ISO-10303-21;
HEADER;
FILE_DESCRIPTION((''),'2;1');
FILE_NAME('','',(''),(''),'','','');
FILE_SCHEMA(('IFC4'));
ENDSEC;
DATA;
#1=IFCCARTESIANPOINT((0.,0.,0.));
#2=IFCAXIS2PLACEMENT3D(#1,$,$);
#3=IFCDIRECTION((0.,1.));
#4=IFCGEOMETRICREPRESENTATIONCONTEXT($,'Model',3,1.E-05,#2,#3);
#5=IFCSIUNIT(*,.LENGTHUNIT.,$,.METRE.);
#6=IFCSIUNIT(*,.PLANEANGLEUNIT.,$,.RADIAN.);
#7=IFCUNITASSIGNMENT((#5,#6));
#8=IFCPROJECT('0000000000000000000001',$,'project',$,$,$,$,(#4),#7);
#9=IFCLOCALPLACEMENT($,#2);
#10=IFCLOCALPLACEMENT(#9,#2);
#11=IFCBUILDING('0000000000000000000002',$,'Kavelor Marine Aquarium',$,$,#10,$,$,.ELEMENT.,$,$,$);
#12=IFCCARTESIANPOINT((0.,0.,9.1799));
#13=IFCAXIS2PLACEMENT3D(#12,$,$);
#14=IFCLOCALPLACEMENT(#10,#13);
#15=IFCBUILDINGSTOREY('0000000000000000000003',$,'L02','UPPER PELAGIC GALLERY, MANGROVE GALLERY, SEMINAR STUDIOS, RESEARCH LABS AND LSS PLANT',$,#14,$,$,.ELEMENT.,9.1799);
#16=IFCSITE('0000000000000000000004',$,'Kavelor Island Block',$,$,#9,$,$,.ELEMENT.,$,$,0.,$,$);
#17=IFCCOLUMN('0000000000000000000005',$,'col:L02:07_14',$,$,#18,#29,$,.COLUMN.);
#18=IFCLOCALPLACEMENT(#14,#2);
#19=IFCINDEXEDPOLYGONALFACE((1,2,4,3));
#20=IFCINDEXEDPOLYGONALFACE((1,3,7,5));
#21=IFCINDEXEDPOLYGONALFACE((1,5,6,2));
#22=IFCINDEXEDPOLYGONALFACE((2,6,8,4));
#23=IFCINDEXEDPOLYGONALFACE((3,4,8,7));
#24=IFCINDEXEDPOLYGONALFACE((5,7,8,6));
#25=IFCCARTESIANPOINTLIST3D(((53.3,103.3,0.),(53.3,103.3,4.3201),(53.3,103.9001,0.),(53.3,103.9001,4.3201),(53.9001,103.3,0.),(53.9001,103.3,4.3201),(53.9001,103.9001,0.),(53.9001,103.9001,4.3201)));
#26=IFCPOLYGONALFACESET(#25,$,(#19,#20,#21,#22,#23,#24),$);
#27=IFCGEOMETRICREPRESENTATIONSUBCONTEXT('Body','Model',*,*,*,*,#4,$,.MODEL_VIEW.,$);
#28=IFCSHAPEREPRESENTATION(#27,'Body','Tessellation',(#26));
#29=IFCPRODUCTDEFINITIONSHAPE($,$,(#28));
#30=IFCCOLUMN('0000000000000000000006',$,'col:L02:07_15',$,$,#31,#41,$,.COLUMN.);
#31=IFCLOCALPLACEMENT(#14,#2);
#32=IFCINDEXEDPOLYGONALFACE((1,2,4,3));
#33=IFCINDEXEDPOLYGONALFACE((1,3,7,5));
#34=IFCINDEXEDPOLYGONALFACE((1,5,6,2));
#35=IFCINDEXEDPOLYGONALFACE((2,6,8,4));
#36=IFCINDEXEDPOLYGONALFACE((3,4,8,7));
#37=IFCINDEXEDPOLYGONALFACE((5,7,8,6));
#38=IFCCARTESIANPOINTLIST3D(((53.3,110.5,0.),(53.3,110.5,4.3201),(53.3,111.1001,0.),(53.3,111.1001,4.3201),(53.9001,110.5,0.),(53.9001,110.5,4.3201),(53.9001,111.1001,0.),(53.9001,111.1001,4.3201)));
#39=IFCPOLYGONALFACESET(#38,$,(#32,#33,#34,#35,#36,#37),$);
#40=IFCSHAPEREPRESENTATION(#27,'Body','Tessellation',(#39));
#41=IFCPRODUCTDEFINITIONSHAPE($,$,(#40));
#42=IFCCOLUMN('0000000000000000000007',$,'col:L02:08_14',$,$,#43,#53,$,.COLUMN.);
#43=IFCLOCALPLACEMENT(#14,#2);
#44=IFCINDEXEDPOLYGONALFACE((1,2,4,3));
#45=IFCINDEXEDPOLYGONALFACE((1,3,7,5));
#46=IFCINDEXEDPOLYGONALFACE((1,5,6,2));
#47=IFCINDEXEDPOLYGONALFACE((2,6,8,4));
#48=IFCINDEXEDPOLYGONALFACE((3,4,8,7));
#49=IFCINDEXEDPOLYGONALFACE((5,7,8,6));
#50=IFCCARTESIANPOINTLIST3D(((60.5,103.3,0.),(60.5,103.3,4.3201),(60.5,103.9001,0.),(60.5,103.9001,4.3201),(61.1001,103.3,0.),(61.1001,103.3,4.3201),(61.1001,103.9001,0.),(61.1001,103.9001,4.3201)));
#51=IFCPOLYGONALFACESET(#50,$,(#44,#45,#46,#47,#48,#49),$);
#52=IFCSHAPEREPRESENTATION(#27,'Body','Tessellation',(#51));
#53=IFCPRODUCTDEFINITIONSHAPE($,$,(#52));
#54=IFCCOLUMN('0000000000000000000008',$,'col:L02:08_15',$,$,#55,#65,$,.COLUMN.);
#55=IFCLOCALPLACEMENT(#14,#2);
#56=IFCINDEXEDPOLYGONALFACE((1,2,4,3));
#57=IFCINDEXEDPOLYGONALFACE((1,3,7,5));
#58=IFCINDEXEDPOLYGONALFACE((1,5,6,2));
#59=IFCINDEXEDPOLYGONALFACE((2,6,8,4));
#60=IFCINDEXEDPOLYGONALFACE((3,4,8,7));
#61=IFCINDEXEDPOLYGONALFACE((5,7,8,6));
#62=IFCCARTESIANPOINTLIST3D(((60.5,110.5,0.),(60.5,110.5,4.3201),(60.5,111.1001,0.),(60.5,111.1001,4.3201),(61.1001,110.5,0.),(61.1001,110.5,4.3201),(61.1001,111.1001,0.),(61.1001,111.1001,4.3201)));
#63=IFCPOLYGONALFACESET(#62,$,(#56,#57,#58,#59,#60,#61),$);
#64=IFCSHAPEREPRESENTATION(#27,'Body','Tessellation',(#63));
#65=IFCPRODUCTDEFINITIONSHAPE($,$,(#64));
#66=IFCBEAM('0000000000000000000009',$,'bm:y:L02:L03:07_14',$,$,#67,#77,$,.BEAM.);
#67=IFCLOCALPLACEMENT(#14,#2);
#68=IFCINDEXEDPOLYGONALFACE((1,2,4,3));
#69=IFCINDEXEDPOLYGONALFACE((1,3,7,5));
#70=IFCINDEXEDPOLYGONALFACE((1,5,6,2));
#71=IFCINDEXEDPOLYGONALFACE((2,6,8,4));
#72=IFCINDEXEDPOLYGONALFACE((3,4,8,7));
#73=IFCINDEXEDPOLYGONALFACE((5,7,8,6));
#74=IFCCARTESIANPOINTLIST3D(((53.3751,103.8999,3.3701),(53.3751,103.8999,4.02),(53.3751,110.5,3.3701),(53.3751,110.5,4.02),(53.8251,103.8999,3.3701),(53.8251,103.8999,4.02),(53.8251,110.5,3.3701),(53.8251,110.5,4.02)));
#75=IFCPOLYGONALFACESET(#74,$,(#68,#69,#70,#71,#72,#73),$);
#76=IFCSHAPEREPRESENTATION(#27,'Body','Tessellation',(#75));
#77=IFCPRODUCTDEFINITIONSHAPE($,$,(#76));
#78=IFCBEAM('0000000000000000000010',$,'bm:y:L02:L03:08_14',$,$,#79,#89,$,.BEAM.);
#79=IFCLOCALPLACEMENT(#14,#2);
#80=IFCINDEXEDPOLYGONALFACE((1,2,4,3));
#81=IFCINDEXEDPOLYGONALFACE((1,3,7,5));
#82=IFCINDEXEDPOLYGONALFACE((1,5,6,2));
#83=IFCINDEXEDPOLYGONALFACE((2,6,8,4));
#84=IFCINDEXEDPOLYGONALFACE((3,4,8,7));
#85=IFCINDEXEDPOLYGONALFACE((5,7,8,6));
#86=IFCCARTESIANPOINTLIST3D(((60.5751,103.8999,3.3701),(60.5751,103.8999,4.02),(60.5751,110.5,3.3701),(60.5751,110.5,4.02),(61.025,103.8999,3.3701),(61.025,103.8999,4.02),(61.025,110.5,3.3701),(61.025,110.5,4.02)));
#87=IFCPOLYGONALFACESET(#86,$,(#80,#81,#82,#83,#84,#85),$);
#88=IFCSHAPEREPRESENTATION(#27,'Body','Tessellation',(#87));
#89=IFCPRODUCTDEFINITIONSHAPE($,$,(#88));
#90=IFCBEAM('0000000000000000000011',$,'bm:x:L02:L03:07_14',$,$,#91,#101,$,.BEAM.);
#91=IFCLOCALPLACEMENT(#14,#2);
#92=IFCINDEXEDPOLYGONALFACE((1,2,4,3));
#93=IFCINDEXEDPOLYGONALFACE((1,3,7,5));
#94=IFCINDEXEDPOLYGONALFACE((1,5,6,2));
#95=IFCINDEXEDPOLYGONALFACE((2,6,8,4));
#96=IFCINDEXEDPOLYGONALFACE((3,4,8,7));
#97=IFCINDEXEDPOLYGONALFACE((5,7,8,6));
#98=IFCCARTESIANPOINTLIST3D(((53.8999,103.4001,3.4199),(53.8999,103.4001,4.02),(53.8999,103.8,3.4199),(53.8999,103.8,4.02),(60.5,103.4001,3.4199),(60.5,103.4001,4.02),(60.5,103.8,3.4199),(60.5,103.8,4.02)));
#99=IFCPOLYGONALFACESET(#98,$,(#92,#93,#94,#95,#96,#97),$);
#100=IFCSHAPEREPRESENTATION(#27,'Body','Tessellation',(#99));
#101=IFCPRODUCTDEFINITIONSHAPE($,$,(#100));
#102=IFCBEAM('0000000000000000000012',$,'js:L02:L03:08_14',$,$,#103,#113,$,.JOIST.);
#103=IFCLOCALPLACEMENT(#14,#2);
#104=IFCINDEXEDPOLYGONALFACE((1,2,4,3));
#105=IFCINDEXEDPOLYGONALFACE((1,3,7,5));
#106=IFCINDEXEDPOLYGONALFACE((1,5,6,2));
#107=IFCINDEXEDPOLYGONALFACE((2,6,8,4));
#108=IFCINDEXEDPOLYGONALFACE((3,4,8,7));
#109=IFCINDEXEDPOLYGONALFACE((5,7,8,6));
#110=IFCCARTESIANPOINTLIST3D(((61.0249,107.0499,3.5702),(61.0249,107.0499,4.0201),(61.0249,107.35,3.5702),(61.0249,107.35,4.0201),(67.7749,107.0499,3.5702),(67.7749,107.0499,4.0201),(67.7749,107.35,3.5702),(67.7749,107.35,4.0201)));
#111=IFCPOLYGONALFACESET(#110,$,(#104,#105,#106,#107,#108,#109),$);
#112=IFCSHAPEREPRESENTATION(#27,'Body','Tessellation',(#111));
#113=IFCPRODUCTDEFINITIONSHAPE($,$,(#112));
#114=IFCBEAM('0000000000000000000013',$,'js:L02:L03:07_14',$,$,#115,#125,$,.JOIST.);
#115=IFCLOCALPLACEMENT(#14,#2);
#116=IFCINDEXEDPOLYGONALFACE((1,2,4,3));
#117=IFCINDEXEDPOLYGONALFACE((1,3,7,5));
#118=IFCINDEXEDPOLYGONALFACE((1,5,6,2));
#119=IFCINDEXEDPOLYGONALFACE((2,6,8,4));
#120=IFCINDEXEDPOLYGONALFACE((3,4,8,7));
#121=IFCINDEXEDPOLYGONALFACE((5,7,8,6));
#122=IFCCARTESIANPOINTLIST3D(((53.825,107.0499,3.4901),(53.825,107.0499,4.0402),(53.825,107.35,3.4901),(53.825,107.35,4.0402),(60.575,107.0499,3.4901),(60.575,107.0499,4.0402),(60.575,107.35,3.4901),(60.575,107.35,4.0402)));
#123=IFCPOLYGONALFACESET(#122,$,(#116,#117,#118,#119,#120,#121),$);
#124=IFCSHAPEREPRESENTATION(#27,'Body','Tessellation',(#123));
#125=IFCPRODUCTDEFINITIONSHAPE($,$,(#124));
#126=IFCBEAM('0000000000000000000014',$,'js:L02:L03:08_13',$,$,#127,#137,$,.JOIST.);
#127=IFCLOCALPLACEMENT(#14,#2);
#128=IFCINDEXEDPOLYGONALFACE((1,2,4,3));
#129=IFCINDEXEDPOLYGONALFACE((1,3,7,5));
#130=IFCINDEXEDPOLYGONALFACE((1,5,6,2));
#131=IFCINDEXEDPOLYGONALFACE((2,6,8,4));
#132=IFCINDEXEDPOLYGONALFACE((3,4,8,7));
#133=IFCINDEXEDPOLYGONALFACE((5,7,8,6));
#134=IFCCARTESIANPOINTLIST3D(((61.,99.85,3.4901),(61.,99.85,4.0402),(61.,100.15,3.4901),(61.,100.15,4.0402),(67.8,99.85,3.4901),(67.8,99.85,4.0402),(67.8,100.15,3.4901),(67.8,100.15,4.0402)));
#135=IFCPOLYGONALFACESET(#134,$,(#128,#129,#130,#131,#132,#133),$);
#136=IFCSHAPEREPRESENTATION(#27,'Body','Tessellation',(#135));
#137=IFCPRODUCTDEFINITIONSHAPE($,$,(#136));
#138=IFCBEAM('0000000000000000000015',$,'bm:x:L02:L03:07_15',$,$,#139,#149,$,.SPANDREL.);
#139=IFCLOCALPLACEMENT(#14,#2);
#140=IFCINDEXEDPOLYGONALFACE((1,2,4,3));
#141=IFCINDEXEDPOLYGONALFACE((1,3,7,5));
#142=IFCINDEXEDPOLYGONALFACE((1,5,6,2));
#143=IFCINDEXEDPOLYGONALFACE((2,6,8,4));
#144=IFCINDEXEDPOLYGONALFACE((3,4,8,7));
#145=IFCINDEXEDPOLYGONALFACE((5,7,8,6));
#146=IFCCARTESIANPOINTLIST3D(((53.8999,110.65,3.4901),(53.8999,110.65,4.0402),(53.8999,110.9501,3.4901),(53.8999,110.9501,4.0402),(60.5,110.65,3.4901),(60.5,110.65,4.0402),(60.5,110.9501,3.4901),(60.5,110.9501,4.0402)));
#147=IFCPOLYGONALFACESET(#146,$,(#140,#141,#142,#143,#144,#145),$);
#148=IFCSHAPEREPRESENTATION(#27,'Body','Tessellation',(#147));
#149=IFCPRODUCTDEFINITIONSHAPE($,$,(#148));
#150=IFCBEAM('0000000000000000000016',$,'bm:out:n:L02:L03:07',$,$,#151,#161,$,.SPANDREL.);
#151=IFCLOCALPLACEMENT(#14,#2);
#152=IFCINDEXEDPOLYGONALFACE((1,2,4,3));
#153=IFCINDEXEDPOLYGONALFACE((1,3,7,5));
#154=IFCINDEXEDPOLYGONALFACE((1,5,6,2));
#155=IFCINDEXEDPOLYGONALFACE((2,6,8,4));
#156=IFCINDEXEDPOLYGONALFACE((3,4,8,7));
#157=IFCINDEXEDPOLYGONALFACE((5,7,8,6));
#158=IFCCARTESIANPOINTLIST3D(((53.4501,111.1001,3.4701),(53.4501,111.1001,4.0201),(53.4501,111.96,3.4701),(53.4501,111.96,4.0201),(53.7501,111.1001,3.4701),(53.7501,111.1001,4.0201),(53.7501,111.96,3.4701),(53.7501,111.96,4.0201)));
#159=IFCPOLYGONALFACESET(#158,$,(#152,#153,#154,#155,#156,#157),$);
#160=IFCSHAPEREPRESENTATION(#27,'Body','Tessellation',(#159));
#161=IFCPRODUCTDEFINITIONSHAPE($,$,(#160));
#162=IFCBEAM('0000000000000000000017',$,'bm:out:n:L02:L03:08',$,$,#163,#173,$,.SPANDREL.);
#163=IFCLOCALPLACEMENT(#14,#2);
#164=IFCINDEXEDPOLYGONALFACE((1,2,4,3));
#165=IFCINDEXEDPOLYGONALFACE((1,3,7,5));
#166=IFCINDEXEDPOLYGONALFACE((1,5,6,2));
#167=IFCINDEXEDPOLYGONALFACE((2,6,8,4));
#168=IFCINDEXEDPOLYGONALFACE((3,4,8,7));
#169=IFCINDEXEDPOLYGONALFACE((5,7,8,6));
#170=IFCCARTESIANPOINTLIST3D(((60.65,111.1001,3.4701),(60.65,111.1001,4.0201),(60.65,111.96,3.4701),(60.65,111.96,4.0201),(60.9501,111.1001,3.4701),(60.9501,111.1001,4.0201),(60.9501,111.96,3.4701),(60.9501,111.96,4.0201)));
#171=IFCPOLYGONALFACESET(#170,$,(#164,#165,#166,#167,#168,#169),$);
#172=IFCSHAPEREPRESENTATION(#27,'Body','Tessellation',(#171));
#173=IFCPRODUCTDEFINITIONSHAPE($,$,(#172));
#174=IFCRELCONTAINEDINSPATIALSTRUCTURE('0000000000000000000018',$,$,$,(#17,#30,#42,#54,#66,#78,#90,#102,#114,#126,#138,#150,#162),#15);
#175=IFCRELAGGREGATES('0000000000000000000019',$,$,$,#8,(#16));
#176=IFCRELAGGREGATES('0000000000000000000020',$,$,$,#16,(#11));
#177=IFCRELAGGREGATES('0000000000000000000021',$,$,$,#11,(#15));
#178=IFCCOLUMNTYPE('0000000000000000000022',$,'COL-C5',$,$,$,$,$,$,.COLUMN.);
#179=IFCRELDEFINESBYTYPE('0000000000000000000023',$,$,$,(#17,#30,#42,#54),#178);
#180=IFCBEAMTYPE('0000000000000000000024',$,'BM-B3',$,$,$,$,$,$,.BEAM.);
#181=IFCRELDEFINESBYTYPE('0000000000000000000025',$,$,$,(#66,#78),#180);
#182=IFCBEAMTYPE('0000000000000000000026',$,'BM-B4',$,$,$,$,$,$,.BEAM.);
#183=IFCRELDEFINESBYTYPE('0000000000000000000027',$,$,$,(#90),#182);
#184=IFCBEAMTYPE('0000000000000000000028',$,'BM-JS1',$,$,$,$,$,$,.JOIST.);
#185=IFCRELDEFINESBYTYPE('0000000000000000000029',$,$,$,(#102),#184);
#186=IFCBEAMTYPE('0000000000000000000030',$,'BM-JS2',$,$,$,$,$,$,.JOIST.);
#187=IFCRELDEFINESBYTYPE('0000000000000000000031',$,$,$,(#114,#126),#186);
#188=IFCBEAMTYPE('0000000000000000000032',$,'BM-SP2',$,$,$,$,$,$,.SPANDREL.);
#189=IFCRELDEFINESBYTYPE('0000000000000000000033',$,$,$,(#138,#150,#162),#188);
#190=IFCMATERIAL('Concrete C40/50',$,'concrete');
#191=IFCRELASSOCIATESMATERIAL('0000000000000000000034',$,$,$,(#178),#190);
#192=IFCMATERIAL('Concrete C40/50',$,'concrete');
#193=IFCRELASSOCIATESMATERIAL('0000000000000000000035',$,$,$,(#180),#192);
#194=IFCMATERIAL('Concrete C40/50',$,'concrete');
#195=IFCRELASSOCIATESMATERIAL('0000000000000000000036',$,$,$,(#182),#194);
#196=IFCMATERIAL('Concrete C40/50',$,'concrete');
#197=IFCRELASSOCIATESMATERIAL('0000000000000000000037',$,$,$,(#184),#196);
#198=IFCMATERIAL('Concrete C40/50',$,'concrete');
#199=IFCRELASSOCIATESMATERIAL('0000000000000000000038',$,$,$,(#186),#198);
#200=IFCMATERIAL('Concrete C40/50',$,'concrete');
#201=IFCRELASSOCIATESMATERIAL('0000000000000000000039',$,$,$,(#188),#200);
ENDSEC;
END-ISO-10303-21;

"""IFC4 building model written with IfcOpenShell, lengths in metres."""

from ifc_helpers import new_model, si_unit, direction, frame, origin, origin_2d, place, context, subcontext, project, spatial, rectangle, extrude, material, material_profile, profile_set, type_object, element, save


model = new_model("IFC4")

# Units and contexts
model_context = context("Model", 3, precision=1e-05, world=origin(), true_north=direction((0.0, 1.0)))
body_context = subcontext(model_context, "Body", "Model", "MODEL_VIEW")
ifc_project = project(units=[si_unit("LENGTHUNIT", "METRE"), si_unit("PLANEANGLEUNIT", "RADIAN")], contexts=[model_context])

# Site, building, storey
site_placement = place(None, origin())
site = spatial("IfcSite", under=ifc_project, at=site_placement, Name="Kavelor Island Block", CompositionType="ELEMENT", RefElevation=0.0)
building_placement = place(site_placement, origin())
building = spatial("IfcBuilding", under=site, at=building_placement, Name="Kavelor Marine Aquarium", CompositionType="ELEMENT")
storey_placement = place(building_placement, frame((0.0, 0.0, 9.1799)))
storey = spatial("IfcBuildingStorey", under=building, at=storey_placement, Name="L02", Description="UPPER PELAGIC GALLERY, MANGROVE GALLERY, SEMINAR STUDIOS, RESEARCH LABS AND LSS PLANT", CompositionType="ELEMENT", Elevation=9.1799)

# Columns
ifc_material_1 = material(Name="Concrete C40/50", Category="concrete")
ifc_material_profile_1 = material_profile(ifc_material_1, rectangle(XDim=0.6001, YDim=0.6001, at=origin_2d()), Name="RC-COL 600x600")
ifc_profile_set_1 = profile_set([ifc_material_profile_1], Name="Concrete C40/50")
column_type = type_object("IfcColumnType", Name="COL-C5", PredefinedType="COLUMN", material=ifc_profile_set_1)
for number, where, z_axis, x_axis, name in (
    (1, (53.6001, 103.6001, 0.0), (0.0, 0.0, 1.0), (1.0, 0.0, 0.0), "col:L02:07_14"),
    (2, (53.6001, 110.8, 0.0), (0.0, 0.0, 1.0), (1.0, 0.0, 0.0), "col:L02:07_15"),
    (3, (60.8, 103.6001, 0.0), (0.0, 0.0, 1.0), (1.0, 0.0, 0.0), "col:L02:08_14"),
    (4, (60.8, 110.8, 0.0), (0.0, 0.0, 1.0), (1.0, 0.0, 0.0), "col:L02:08_15"),
):
    element("IfcColumn", number, at=place(storey_placement, frame(where, z_axis=z_axis, x_axis=x_axis)), inside=storey, type_object=column_type, Name=name, PredefinedType="COLUMN", context=body_context, shape_type="SweptSolid", body=[
        extrude(rectangle(XDim=0.6001, YDim=0.6001, at=origin_2d()), origin(), (0.0, 0.0, 1.0), 4.3201),
    ])

# Beams
ifc_material_2 = material(Name="Concrete C40/50", Category="concrete")
ifc_material_profile_2 = material_profile(ifc_material_2, rectangle(XDim=0.45, YDim=0.6499, at=origin_2d()), Name="RC-BM 450x650")
ifc_profile_set_2 = profile_set([ifc_material_profile_2], Name="Concrete C40/50")
beam_type_1 = type_object("IfcBeamType", Name="BM-B3", PredefinedType="BEAM", material=ifc_profile_set_2)
for number, where, z_axis, x_axis, name in (
    (5, (53.6001, 103.8999, 3.6951), (0.0, 1.0, 0.0), (-1.0, 0.0, 0.0), "bm:y:L02:L03:07_14"),
    (6, (60.8, 103.8999, 3.6951), (0.0, 1.0, 0.0), (-1.0, 0.0, 0.0), "bm:y:L02:L03:08_14"),
):
    element("IfcBeam", number, at=place(storey_placement, frame(where, z_axis=z_axis, x_axis=x_axis)), inside=storey, type_object=beam_type_1, Name=name, PredefinedType="BEAM", context=body_context, shape_type="SweptSolid", body=[
        extrude(rectangle(XDim=0.45, YDim=0.6499, at=origin_2d()), origin(), (0.0, 0.0, 1.0), 6.6001),
    ])
ifc_material_3 = material(Name="Concrete C40/50", Category="concrete")
ifc_material_profile_3 = material_profile(ifc_material_3, rectangle(XDim=0.3999, YDim=0.6001, at=origin_2d()), Name="RC-BM 400x600")
ifc_profile_set_3 = profile_set([ifc_material_profile_3], Name="Concrete C40/50")
beam_type_2 = type_object("IfcBeamType", Name="BM-B4", PredefinedType="BEAM", material=ifc_profile_set_3)
beam_1_placement = place(storey_placement, frame((53.8999, 103.6001, 3.72), z_axis=(1.0, 0.0, 0.0), x_axis=(0.0, 1.0, 0.0)))
element("IfcBeam", 7, at=beam_1_placement, inside=storey, type_object=beam_type_2, Name="bm:x:L02:L03:07_14", PredefinedType="BEAM", context=body_context, shape_type="SweptSolid", body=[
    extrude(rectangle(XDim=0.3999, YDim=0.6001, at=origin_2d()), origin(), (0.0, 0.0, 1.0), 6.6001),
])
ifc_material_4 = material(Name="Concrete C40/50", Category="concrete")
ifc_material_profile_4 = material_profile(ifc_material_4, rectangle(XDim=0.3, YDim=0.45, at=origin_2d()), Name="RC-JS 300x450")
ifc_profile_set_4 = profile_set([ifc_material_profile_4], Name="Concrete C40/50")
beam_type_3 = type_object("IfcBeamType", Name="BM-JS1", PredefinedType="JOIST", material=ifc_profile_set_4)
beam_2_placement = place(storey_placement, frame((61.0249, 107.2, 3.7952), z_axis=(1.0, 0.0, 0.0), x_axis=(0.0, 1.0, 0.0)))
element("IfcBeam", 8, at=beam_2_placement, inside=storey, type_object=beam_type_3, Name="js:L02:L03:08_14", PredefinedType="JOIST", context=body_context, shape_type="SweptSolid", body=[
    extrude(rectangle(XDim=0.3, YDim=0.45, at=origin_2d()), origin(), (0.0, 0.0, 1.0), 6.75),
])
ifc_material_5 = material(Name="Concrete C40/50", Category="concrete")
ifc_material_profile_5 = material_profile(ifc_material_5, rectangle(XDim=0.3, YDim=0.55, at=origin_2d()), Name="RC-JS 300x550")
ifc_profile_set_5 = profile_set([ifc_material_profile_5], Name="Concrete C40/50")
beam_type_4 = type_object("IfcBeamType", Name="BM-JS2", PredefinedType="JOIST", material=ifc_profile_set_5)
beam_3_placement = place(storey_placement, frame((53.825, 107.2, 3.7651), z_axis=(1.0, 0.0, 0.0), x_axis=(0.0, 1.0, 0.0)))
element("IfcBeam", 9, at=beam_3_placement, inside=storey, type_object=beam_type_4, Name="js:L02:L03:07_14", PredefinedType="JOIST", context=body_context, shape_type="SweptSolid", body=[
    extrude(rectangle(XDim=0.3, YDim=0.55, at=origin_2d()), origin(), (0.0, 0.0, 1.0), 6.75),
])
beam_4_placement = place(storey_placement, frame((61.0, 100.0, 3.7651), z_axis=(1.0, 0.0, 0.0), x_axis=(0.0, 1.0, 0.0)))
element("IfcBeam", 10, at=beam_4_placement, inside=storey, type_object=beam_type_4, Name="js:L02:L03:08_13", PredefinedType="JOIST", context=body_context, shape_type="SweptSolid", body=[
    extrude(rectangle(XDim=0.3, YDim=0.55, at=origin_2d()), origin(), (0.0, 0.0, 1.0), 6.8),
])
ifc_material_6 = material(Name="Concrete C40/50", Category="concrete")
ifc_material_profile_6 = material_profile(ifc_material_6, rectangle(XDim=0.3, YDim=0.55, at=origin_2d()), Name="RC-SP 300x550")
ifc_profile_set_6 = profile_set([ifc_material_profile_6], Name="Concrete C40/50")
beam_type_5 = type_object("IfcBeamType", Name="BM-SP2", PredefinedType="SPANDREL", material=ifc_profile_set_6)
beam_5_placement = place(storey_placement, frame((53.8999, 110.8, 3.7651), z_axis=(1.0, 0.0, 0.0), x_axis=(0.0, 1.0, 0.0)))
element("IfcBeam", 11, at=beam_5_placement, inside=storey, type_object=beam_type_5, Name="bm:x:L02:L03:07_15", PredefinedType="SPANDREL", context=body_context, shape_type="SweptSolid", body=[
    extrude(rectangle(XDim=0.3, YDim=0.55, at=origin_2d()), origin(), (0.0, 0.0, 1.0), 6.6001),
])
for number, where, z_axis, x_axis, name in (
    (12, (53.6001, 111.1001, 3.7451), (0.0, 1.0, 0.0), (-1.0, 0.0, 0.0), "bm:out:n:L02:L03:07"),
    (13, (60.8, 111.1001, 3.7451), (0.0, 1.0, 0.0), (-1.0, 0.0, 0.0), "bm:out:n:L02:L03:08"),
):
    element("IfcBeam", number, at=place(storey_placement, frame(where, z_axis=z_axis, x_axis=x_axis)), inside=storey, type_object=beam_type_5, Name=name, PredefinedType="SPANDREL", context=body_context, shape_type="SweptSolid", body=[
        extrude(rectangle(XDim=0.3, YDim=0.55, at=origin_2d()), origin(), (0.0, 0.0, 1.0), 0.8599),
    ])

save(model, "model.ifc")
